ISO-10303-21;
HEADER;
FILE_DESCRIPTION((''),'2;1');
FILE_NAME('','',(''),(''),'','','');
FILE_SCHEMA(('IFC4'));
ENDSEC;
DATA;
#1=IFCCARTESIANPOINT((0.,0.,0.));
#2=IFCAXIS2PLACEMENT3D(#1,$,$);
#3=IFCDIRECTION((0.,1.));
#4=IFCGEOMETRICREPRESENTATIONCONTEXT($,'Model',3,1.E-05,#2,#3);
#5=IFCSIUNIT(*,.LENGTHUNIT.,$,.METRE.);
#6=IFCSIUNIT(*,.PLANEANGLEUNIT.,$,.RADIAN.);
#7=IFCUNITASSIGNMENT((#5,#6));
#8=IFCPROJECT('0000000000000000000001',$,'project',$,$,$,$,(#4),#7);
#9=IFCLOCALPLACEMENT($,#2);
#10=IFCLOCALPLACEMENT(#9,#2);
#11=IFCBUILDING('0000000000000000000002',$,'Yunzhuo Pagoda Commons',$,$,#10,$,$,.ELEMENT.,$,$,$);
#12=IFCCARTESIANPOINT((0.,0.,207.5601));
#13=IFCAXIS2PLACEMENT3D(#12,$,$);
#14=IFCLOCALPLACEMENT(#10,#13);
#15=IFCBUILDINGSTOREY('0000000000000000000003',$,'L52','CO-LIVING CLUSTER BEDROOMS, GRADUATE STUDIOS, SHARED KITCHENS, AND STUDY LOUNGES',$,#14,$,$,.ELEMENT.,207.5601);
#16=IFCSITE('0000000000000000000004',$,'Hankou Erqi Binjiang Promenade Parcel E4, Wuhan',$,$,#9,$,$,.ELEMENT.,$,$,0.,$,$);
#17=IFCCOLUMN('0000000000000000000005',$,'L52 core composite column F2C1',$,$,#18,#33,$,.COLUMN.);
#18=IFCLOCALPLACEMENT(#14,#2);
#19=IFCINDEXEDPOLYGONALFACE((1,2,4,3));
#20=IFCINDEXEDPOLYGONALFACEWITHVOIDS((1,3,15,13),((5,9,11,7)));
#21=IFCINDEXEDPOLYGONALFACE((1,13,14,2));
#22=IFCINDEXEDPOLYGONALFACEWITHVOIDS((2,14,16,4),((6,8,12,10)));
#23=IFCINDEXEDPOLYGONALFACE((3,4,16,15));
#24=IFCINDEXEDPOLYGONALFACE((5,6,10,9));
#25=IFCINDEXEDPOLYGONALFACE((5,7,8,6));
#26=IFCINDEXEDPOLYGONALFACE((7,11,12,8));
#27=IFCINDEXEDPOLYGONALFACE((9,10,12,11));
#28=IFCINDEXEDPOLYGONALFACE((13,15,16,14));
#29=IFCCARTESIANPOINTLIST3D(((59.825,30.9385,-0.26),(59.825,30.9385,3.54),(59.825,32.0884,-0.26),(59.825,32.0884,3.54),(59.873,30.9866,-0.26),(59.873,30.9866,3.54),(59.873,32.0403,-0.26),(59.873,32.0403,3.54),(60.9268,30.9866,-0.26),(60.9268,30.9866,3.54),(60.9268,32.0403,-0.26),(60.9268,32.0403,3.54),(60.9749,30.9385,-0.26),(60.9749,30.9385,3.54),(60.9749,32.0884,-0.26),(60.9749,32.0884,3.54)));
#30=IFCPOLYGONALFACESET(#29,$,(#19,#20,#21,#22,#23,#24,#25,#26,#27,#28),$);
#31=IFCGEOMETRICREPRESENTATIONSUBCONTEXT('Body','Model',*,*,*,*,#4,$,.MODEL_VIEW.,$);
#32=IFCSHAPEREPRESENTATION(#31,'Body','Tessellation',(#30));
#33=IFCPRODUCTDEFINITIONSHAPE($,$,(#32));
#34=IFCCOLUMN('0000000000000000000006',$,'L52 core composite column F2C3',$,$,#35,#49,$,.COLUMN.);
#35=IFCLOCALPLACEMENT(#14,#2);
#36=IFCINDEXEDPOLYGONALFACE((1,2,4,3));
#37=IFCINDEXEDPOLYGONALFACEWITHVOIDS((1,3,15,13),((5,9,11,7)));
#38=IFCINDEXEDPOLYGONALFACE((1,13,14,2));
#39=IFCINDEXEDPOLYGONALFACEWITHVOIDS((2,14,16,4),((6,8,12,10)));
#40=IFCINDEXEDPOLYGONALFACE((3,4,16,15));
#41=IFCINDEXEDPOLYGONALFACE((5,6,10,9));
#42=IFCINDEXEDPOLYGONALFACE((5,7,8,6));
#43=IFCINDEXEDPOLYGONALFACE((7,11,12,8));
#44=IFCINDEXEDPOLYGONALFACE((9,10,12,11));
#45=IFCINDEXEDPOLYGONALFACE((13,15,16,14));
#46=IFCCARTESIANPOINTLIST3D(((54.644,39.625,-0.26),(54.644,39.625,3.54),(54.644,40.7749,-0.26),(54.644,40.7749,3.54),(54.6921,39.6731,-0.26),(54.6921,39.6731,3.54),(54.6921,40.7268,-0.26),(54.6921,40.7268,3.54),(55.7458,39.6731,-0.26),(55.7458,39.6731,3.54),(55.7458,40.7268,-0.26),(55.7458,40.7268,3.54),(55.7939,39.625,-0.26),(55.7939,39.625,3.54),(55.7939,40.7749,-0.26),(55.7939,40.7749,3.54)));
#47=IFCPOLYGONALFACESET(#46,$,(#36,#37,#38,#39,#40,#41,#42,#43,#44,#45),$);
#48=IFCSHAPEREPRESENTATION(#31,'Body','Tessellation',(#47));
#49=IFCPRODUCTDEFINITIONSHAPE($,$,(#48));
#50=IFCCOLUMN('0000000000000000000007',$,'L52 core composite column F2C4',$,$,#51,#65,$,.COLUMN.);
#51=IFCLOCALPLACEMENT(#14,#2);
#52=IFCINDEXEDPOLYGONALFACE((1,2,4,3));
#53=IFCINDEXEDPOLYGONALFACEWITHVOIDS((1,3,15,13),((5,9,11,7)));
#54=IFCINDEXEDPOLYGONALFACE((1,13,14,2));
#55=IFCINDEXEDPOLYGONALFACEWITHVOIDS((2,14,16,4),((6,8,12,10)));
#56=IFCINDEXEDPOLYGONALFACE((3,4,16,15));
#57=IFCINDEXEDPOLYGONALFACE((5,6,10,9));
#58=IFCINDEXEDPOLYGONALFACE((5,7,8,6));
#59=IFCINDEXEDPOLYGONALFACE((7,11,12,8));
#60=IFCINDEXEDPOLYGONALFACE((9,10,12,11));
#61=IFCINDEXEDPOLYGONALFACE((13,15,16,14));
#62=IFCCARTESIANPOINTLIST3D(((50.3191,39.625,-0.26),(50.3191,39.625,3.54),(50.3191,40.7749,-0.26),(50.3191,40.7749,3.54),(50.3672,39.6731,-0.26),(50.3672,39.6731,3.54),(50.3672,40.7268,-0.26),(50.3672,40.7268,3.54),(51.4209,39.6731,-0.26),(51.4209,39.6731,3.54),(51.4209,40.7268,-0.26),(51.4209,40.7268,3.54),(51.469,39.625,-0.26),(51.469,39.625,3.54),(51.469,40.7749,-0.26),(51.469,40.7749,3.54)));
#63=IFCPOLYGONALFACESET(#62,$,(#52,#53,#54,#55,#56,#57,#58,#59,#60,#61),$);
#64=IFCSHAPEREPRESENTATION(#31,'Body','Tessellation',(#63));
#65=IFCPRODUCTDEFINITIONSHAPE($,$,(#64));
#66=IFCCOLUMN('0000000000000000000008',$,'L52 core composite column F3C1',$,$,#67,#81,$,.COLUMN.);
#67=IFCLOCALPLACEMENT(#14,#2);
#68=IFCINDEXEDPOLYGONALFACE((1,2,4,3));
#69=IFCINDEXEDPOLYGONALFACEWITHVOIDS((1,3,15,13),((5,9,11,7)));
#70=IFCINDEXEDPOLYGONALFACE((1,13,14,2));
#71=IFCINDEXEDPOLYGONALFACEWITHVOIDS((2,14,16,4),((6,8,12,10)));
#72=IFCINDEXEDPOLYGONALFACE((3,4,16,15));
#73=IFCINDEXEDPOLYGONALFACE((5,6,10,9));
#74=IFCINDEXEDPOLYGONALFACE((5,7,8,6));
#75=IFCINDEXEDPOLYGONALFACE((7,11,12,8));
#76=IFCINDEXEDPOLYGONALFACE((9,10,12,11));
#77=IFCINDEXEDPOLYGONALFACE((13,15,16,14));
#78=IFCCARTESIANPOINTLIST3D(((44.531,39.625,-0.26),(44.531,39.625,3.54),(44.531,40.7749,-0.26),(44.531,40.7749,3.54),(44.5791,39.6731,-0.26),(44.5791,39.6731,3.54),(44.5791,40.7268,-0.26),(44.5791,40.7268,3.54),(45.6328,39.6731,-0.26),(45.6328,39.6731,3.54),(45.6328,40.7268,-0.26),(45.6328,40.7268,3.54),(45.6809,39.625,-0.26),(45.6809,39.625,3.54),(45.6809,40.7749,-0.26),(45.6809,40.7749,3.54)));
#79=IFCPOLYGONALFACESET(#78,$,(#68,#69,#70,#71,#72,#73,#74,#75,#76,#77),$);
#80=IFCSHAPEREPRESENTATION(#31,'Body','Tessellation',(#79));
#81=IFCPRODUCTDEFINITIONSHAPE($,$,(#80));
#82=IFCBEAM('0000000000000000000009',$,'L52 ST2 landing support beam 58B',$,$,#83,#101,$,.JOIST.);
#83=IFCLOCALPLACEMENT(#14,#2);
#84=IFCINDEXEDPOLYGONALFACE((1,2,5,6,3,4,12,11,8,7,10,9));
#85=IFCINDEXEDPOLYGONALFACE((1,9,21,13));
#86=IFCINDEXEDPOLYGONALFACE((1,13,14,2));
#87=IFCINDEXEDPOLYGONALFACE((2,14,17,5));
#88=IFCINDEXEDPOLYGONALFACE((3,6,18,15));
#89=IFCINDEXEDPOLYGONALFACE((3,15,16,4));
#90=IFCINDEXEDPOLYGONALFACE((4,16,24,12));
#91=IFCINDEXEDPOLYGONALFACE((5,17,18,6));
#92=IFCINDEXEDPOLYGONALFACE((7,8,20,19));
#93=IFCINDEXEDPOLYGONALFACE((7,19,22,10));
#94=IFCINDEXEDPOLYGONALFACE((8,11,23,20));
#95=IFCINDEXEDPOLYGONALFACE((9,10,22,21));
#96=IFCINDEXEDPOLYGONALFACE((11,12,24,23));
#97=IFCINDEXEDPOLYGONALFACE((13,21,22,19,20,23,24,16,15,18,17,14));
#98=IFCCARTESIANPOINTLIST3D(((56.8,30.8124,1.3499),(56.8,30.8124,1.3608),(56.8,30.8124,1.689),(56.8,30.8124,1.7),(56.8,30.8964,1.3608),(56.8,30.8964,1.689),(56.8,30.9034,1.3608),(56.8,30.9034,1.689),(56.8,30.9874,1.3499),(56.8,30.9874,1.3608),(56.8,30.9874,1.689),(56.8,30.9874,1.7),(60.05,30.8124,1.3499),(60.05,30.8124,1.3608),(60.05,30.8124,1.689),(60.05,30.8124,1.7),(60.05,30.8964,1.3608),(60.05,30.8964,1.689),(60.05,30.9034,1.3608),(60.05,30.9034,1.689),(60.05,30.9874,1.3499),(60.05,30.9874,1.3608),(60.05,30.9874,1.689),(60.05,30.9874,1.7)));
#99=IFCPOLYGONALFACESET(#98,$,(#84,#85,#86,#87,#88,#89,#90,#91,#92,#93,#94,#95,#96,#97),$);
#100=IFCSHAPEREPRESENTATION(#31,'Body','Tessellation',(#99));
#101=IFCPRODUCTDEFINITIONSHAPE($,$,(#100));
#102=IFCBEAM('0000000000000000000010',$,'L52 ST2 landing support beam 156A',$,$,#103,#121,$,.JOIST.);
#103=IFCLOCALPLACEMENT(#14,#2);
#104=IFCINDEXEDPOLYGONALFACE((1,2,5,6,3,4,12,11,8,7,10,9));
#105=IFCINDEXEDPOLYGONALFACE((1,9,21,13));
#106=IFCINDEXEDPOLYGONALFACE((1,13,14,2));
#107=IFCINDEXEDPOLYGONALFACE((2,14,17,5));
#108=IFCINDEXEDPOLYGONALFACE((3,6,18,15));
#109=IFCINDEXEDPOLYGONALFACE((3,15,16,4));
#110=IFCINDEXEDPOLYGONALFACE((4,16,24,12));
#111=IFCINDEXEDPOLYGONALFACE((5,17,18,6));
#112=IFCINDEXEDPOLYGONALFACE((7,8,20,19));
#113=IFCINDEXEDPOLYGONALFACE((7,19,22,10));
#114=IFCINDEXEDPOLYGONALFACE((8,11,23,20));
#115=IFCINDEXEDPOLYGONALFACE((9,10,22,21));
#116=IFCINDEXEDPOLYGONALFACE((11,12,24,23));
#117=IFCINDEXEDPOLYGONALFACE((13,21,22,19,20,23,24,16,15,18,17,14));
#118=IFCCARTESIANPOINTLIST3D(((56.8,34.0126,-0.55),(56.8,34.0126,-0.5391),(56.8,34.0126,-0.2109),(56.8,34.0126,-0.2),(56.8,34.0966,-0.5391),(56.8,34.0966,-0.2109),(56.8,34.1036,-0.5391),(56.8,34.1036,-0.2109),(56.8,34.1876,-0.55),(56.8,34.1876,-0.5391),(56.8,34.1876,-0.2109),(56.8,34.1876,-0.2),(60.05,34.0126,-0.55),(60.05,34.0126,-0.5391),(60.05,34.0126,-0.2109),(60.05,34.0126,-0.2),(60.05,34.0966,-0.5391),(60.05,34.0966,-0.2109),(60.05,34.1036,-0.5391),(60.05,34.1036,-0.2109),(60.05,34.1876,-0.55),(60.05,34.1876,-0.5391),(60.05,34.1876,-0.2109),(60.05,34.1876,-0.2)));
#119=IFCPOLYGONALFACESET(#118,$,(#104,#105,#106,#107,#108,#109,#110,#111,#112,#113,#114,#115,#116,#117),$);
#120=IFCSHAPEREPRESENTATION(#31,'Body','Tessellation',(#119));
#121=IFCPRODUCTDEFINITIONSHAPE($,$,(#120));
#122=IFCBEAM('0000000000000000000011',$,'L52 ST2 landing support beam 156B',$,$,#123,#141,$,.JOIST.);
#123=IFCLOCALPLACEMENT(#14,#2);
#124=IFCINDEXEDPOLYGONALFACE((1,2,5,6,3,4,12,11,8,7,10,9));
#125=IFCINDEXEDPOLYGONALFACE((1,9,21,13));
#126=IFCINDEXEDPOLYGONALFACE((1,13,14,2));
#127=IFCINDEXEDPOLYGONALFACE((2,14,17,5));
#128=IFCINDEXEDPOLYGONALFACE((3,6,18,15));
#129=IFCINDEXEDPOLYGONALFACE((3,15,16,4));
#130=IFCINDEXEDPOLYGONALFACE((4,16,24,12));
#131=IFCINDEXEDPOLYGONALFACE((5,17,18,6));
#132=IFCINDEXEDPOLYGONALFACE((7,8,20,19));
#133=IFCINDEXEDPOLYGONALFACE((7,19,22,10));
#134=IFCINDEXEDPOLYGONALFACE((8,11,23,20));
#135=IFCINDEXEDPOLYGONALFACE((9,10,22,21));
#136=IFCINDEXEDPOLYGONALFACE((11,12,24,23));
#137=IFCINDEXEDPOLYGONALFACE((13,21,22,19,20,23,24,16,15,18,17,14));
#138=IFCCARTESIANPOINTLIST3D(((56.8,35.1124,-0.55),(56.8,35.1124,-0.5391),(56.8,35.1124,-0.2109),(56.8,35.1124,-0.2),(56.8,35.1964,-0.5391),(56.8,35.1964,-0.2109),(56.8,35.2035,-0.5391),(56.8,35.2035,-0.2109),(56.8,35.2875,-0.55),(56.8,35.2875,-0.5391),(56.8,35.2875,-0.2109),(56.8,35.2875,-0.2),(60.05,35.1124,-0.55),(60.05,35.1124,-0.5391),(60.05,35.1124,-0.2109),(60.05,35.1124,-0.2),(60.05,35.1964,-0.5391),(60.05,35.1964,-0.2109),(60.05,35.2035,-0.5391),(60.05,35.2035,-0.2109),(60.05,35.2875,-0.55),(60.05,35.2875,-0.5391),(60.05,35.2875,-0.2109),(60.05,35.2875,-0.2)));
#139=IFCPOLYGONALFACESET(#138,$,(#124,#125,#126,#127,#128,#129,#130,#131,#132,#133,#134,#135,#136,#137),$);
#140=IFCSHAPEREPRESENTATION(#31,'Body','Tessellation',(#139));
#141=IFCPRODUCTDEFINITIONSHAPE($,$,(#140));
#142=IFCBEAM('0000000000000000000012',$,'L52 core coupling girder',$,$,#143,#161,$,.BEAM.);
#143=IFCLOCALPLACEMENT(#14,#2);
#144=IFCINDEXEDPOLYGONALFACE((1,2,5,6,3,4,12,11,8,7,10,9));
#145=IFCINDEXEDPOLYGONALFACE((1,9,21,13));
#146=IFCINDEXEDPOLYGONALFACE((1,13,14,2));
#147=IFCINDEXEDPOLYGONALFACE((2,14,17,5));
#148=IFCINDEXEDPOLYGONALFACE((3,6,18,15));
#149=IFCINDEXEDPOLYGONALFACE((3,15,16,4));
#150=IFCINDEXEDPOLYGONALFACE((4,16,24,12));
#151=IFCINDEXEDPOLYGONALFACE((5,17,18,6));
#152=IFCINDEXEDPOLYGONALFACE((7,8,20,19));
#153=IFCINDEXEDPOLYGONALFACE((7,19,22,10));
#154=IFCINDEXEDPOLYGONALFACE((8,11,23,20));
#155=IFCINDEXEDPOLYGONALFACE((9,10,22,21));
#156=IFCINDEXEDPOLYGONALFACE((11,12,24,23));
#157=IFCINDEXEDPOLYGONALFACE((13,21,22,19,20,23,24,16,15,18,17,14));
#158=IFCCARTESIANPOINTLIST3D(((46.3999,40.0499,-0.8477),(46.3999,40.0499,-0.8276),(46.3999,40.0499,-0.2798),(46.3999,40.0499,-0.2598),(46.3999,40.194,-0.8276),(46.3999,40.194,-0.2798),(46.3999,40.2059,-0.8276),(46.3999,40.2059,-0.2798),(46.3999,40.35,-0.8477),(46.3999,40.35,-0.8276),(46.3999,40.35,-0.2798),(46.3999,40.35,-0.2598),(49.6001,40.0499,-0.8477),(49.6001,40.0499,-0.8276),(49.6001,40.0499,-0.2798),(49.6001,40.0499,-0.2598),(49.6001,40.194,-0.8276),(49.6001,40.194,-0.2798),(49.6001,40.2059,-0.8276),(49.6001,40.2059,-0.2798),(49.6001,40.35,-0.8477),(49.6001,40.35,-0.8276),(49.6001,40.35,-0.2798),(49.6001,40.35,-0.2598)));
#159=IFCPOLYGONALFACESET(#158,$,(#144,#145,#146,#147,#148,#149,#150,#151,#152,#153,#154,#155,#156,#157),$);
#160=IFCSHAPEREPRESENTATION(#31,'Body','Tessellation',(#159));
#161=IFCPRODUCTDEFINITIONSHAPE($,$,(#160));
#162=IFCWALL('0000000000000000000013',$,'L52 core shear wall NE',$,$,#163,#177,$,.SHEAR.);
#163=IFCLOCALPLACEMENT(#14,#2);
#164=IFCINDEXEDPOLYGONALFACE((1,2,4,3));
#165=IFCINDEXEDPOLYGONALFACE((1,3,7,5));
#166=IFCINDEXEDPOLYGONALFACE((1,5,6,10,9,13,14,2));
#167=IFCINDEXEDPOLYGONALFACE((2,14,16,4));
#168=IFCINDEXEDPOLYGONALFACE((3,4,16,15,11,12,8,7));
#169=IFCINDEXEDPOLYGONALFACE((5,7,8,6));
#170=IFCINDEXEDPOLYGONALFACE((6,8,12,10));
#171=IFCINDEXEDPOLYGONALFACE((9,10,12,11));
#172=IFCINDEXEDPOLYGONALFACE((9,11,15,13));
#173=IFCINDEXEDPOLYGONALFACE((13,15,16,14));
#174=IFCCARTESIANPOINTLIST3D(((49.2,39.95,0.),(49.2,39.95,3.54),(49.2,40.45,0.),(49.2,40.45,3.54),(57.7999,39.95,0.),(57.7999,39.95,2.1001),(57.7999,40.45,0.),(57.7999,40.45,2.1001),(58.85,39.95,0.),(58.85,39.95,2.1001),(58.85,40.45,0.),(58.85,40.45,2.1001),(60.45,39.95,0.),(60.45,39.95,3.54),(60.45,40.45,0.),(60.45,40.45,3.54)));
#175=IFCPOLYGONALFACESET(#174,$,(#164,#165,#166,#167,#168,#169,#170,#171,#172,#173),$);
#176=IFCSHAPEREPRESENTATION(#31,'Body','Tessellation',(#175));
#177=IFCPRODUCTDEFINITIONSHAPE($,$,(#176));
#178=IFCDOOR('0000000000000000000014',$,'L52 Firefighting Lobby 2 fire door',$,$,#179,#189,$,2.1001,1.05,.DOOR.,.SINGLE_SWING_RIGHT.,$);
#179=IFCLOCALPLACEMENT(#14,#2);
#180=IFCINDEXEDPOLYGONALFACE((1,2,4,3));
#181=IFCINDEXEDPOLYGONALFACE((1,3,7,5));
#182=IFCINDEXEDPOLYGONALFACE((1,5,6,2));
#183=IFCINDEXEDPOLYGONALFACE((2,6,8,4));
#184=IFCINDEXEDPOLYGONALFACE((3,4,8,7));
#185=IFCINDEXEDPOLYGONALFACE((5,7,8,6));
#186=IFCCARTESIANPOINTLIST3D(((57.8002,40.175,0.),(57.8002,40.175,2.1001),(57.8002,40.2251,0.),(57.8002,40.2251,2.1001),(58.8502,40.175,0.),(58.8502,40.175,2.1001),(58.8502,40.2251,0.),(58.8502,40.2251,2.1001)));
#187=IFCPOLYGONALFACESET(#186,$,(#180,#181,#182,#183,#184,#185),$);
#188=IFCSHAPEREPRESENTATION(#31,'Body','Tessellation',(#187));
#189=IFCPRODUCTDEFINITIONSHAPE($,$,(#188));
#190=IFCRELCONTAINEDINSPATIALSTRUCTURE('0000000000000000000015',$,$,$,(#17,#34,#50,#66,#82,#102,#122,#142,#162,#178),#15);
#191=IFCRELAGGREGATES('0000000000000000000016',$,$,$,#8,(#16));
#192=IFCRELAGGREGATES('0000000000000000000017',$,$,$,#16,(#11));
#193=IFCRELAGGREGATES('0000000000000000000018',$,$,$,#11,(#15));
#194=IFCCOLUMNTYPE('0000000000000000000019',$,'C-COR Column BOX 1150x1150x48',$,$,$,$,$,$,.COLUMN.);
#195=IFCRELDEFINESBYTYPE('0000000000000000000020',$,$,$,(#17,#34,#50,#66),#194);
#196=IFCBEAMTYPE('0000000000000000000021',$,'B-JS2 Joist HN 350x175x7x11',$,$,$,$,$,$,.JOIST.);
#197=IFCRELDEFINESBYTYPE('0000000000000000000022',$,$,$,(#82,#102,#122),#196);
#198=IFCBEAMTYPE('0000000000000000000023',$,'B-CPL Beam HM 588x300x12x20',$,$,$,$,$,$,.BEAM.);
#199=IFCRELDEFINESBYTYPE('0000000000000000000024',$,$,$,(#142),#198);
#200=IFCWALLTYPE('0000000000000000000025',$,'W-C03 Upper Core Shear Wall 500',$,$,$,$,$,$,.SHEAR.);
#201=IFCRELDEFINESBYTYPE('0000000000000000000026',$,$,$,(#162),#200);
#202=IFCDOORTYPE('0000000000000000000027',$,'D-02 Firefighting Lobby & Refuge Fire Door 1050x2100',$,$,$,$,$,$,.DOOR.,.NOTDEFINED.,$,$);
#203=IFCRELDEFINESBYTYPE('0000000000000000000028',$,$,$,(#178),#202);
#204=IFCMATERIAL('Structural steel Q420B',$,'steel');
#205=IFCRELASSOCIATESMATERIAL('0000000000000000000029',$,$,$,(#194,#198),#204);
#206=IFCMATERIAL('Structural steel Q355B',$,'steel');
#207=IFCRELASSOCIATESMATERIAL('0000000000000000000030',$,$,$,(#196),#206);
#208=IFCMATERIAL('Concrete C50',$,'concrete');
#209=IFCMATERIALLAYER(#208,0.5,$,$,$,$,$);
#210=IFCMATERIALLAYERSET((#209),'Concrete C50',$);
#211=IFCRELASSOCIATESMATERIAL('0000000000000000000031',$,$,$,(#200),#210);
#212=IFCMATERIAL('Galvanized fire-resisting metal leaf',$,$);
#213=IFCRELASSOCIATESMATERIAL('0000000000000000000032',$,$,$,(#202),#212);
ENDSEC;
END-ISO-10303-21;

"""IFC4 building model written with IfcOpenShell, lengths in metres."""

from ifc_helpers import new_model, si_unit, direction, frame, frame_2d, origin, origin_2d, place, context, subcontext, project, spatial, rectangle, hollow_rectangle, i_section, extrude, source, transform, mapped, material, layer, layer_set, material_profile, profile_set, type_object, element, fill, save


model = new_model("IFC4")

# Units and contexts
model_context = context("Model", 3, precision=1e-05, world=origin(), true_north=direction((0.0, 1.0)))
body_context = subcontext(model_context, "Body", "Model", "MODEL_VIEW")
ifc_project = project(units=[si_unit("LENGTHUNIT", "METRE"), si_unit("PLANEANGLEUNIT", "RADIAN")], contexts=[model_context])

# Site, building, storey
site_placement = place(None, origin())
site = spatial("IfcSite", under=ifc_project, at=site_placement, Name="Hankou Erqi Binjiang Promenade Parcel E4, Wuhan", CompositionType="ELEMENT", RefElevation=0.0)
building_placement = place(site_placement, origin())
building = spatial("IfcBuilding", under=site, at=building_placement, Name="Yunzhuo Pagoda Commons", CompositionType="ELEMENT")
storey_placement = place(building_placement, frame((0.0, 0.0, 207.5601)))
storey = spatial("IfcBuildingStorey", under=building, at=storey_placement, Name="L52", Description="CO-LIVING CLUSTER BEDROOMS, GRADUATE STUDIOS, SHARED KITCHENS, AND STUDY LOUNGES", CompositionType="ELEMENT", Elevation=207.5601)

# Columns
ifc_material_1 = material(Name="Structural steel Q420B", Category="steel")
ifc_material_profile_1 = material_profile(ifc_material_1, hollow_rectangle(XDim=1.1499, YDim=1.1499, WallThickness=0.0481, at=origin_2d()), Name="Structural steel Q420B")
ifc_profile_set_1 = profile_set([ifc_material_profile_1], Name="Structural steel Q420B")
column_type = type_object("IfcColumnType", Name="C-COR Column BOX 1150x1150x48", PredefinedType="COLUMN", material=ifc_profile_set_1)
shared_shape_1 = source(origin(), body_context, "Body", "SweptSolid", [
    extrude(hollow_rectangle(XDim=1.1499, YDim=1.1499, WallThickness=0.0481, at=origin_2d()), origin(), (0.0, 0.0, 1.0), 3.8),
])
for number, where, z_axis, x_axis, name in (
    (1, (60.3999, 31.5134, -0.26), (0.0, 0.0, 1.0), (1.0, 0.0, 0.0), "L52 core composite column F2C1"),
    (2, (55.219, 40.2, -0.26), (0.0, 0.0, 1.0), (1.0, 0.0, 0.0), "L52 core composite column F2C3"),
    (3, (50.894, 40.2, -0.26), (0.0, 0.0, 1.0), (1.0, 0.0, 0.0), "L52 core composite column F2C4"),
    (4, (45.106, 40.2, -0.26), (0.0, 0.0, 1.0), (1.0, 0.0, 0.0), "L52 core composite column F3C1"),
):
    element("IfcColumn", number, at=place(storey_placement, frame(where, z_axis=z_axis, x_axis=x_axis)), inside=storey, type_object=column_type, Name=name, PredefinedType="COLUMN", context=body_context, shape_type="MappedRepresentation", body=[
        mapped(shared_shape_1, transform((0.0, 0.0, 0.0), scale=1.0)),
    ])

# Beams
ifc_material_2 = material(Name="Structural steel Q355B", Category="steel")
ifc_material_profile_2 = material_profile(ifc_material_2, i_section(OverallWidth=0.175, OverallDepth=0.3501, WebThickness=0.0071, FlangeThickness=0.011, at=origin_2d()), Name="Structural steel Q355B")
ifc_profile_set_2 = profile_set([ifc_material_profile_2], Name="Structural steel Q355B")
beam_type_1 = type_object("IfcBeamType", Name="B-JS2 Joist HN 350x175x7x11", PredefinedType="JOIST", material=ifc_profile_set_2)
shared_shape_2 = source(origin(), body_context, "Body", "SweptSolid", [
    extrude(i_section(OverallWidth=0.175, OverallDepth=0.3501, WebThickness=0.0071, FlangeThickness=0.011, at=origin_2d()), origin(), (0.0, 0.0, 1.0), 3.25),
])
for number, where, z_axis, x_axis, name in (
    (5, (56.8, 30.8999, 1.5249), (1.0, 0.0, 0.0), (0.0, 1.0, 0.0), "L52 ST2 landing support beam 58B"),
    (6, (56.8, 34.1001, -0.375), (1.0, 0.0, 0.0), (0.0, 1.0, 0.0), "L52 ST2 landing support beam 156A"),
    (7, (56.8, 35.2, -0.375), (1.0, 0.0, 0.0), (0.0, 1.0, 0.0), "L52 ST2 landing support beam 156B"),
):
    element("IfcBeam", number, at=place(storey_placement, frame(where, z_axis=z_axis, x_axis=x_axis)), inside=storey, type_object=beam_type_1, Name=name, PredefinedType="JOIST", context=body_context, shape_type="MappedRepresentation", body=[
        mapped(shared_shape_2, transform((0.0, 0.0, 0.0), scale=1.0)),
    ])
ifc_material_profile_3 = material_profile(ifc_material_1, i_section(OverallWidth=0.3, OverallDepth=0.5879, WebThickness=0.012, FlangeThickness=0.02, at=origin_2d()), Name="Structural steel Q420B")
ifc_profile_set_3 = profile_set([ifc_material_profile_3], Name="Structural steel Q420B")
beam_type_2 = type_object("IfcBeamType", Name="B-CPL Beam HM 588x300x12x20", PredefinedType="BEAM", material=ifc_profile_set_3)
shared_shape_3 = source(origin(), body_context, "Body", "SweptSolid", [
    extrude(i_section(OverallWidth=0.3, OverallDepth=0.5879, WebThickness=0.012, FlangeThickness=0.02, at=origin_2d()), origin(), (0.0, 0.0, 1.0), 3.2002),
])
beam_placement = place(storey_placement, frame((46.3999, 40.2, -0.5537), z_axis=(1.0, 0.0, 0.0), x_axis=(0.0, 1.0, 0.0)))
element("IfcBeam", 8, at=beam_placement, inside=storey, type_object=beam_type_2, Name="L52 core coupling girder", PredefinedType="BEAM", context=body_context, shape_type="MappedRepresentation", body=[
    mapped(shared_shape_3, transform((0.0, 0.0, 0.0), scale=1.0)),
])

# Wall, opening, door
ifc_material_3 = material(Name="Concrete C50", Category="concrete")
ifc_layer_1 = layer(ifc_material_3, 0.5)
ifc_layer_set_1 = layer_set([ifc_layer_1], Name="Concrete C50")
wall_type_1 = type_object("IfcWallType", Name="W-C03 Upper Core Shear Wall 500", PredefinedType="SHEAR", material=ifc_layer_set_1)
wall_1_placement = place(storey_placement, frame((49.2, 40.2, 0.0), z_axis=(0.0, 0.0, 1.0), x_axis=(1.0, 0.0, 0.0)))
wall_1 = element("IfcWall", 9, at=wall_1_placement, inside=storey, type_object=wall_type_1, Name="L52 core shear wall NE", PredefinedType="SHEAR", context=body_context, shape_type="SweptSolid", body=[
    extrude(rectangle(XDim=11.25, YDim=0.5, at=frame_2d((5.625, 0.0))), origin(), (0.0, 0.0, 1.0), 3.54),
])
opening_1_placement = place(wall_1_placement, frame((8.6001, 0.0, 0.0)))
opening_1 = element("IfcOpeningElement", 10, at=opening_1_placement, cuts=wall_1, PredefinedType="OPENING", context=body_context, shape_type="SweptSolid", body=[
    extrude(rectangle(XDim=1.05, YDim=2.1001, at=frame_2d((0.5249, 1.05))), frame((0.0, 0.26, 0.0), z_axis=(0.0, -1.0, 0.0), x_axis=(1.0, 0.0, 0.0)), (0.0, 0.0, 1.0), 0.52),
])
ifc_material_4 = material(Name="Galvanized fire-resisting metal leaf")
door_type_1 = type_object("IfcDoorType", Name="D-02 Firefighting Lobby & Refuge Fire Door 1050x2100", OperationType="NOTDEFINED", PredefinedType="DOOR", material=ifc_material_4)
shared_shape_4 = source(origin(), body_context, "Body", "SweptSolid", [
    extrude(rectangle(XDim=1.05, YDim=2.1001, at=frame_2d((0.5249, 1.05))), frame((0.0, 0.0249, 0.0), z_axis=(0.0, -1.0, 0.0), x_axis=(1.0, 0.0, 0.0)), (0.0, 0.0, 1.0), 0.05),
])
door_1_placement = place(opening_1_placement, frame((1.05, 0.0, 0.0), z_axis=(0.0, 0.0, 1.0), x_axis=(-1.0, 0.0, 0.0)))
door_1 = element("IfcDoor", 11, at=door_1_placement, inside=storey, type_object=door_type_1, Name="L52 Firefighting Lobby 2 fire door", OperationType="SINGLE_SWING_RIGHT", OverallHeight=2.1001, OverallWidth=1.05, PredefinedType="DOOR", context=body_context, shape_type="MappedRepresentation", body=[
    mapped(shared_shape_4, transform((0.0, 0.0, 0.0), scale=1.0)),
])
fill(opening_1, door_1)

save(model, "model.ifc")
